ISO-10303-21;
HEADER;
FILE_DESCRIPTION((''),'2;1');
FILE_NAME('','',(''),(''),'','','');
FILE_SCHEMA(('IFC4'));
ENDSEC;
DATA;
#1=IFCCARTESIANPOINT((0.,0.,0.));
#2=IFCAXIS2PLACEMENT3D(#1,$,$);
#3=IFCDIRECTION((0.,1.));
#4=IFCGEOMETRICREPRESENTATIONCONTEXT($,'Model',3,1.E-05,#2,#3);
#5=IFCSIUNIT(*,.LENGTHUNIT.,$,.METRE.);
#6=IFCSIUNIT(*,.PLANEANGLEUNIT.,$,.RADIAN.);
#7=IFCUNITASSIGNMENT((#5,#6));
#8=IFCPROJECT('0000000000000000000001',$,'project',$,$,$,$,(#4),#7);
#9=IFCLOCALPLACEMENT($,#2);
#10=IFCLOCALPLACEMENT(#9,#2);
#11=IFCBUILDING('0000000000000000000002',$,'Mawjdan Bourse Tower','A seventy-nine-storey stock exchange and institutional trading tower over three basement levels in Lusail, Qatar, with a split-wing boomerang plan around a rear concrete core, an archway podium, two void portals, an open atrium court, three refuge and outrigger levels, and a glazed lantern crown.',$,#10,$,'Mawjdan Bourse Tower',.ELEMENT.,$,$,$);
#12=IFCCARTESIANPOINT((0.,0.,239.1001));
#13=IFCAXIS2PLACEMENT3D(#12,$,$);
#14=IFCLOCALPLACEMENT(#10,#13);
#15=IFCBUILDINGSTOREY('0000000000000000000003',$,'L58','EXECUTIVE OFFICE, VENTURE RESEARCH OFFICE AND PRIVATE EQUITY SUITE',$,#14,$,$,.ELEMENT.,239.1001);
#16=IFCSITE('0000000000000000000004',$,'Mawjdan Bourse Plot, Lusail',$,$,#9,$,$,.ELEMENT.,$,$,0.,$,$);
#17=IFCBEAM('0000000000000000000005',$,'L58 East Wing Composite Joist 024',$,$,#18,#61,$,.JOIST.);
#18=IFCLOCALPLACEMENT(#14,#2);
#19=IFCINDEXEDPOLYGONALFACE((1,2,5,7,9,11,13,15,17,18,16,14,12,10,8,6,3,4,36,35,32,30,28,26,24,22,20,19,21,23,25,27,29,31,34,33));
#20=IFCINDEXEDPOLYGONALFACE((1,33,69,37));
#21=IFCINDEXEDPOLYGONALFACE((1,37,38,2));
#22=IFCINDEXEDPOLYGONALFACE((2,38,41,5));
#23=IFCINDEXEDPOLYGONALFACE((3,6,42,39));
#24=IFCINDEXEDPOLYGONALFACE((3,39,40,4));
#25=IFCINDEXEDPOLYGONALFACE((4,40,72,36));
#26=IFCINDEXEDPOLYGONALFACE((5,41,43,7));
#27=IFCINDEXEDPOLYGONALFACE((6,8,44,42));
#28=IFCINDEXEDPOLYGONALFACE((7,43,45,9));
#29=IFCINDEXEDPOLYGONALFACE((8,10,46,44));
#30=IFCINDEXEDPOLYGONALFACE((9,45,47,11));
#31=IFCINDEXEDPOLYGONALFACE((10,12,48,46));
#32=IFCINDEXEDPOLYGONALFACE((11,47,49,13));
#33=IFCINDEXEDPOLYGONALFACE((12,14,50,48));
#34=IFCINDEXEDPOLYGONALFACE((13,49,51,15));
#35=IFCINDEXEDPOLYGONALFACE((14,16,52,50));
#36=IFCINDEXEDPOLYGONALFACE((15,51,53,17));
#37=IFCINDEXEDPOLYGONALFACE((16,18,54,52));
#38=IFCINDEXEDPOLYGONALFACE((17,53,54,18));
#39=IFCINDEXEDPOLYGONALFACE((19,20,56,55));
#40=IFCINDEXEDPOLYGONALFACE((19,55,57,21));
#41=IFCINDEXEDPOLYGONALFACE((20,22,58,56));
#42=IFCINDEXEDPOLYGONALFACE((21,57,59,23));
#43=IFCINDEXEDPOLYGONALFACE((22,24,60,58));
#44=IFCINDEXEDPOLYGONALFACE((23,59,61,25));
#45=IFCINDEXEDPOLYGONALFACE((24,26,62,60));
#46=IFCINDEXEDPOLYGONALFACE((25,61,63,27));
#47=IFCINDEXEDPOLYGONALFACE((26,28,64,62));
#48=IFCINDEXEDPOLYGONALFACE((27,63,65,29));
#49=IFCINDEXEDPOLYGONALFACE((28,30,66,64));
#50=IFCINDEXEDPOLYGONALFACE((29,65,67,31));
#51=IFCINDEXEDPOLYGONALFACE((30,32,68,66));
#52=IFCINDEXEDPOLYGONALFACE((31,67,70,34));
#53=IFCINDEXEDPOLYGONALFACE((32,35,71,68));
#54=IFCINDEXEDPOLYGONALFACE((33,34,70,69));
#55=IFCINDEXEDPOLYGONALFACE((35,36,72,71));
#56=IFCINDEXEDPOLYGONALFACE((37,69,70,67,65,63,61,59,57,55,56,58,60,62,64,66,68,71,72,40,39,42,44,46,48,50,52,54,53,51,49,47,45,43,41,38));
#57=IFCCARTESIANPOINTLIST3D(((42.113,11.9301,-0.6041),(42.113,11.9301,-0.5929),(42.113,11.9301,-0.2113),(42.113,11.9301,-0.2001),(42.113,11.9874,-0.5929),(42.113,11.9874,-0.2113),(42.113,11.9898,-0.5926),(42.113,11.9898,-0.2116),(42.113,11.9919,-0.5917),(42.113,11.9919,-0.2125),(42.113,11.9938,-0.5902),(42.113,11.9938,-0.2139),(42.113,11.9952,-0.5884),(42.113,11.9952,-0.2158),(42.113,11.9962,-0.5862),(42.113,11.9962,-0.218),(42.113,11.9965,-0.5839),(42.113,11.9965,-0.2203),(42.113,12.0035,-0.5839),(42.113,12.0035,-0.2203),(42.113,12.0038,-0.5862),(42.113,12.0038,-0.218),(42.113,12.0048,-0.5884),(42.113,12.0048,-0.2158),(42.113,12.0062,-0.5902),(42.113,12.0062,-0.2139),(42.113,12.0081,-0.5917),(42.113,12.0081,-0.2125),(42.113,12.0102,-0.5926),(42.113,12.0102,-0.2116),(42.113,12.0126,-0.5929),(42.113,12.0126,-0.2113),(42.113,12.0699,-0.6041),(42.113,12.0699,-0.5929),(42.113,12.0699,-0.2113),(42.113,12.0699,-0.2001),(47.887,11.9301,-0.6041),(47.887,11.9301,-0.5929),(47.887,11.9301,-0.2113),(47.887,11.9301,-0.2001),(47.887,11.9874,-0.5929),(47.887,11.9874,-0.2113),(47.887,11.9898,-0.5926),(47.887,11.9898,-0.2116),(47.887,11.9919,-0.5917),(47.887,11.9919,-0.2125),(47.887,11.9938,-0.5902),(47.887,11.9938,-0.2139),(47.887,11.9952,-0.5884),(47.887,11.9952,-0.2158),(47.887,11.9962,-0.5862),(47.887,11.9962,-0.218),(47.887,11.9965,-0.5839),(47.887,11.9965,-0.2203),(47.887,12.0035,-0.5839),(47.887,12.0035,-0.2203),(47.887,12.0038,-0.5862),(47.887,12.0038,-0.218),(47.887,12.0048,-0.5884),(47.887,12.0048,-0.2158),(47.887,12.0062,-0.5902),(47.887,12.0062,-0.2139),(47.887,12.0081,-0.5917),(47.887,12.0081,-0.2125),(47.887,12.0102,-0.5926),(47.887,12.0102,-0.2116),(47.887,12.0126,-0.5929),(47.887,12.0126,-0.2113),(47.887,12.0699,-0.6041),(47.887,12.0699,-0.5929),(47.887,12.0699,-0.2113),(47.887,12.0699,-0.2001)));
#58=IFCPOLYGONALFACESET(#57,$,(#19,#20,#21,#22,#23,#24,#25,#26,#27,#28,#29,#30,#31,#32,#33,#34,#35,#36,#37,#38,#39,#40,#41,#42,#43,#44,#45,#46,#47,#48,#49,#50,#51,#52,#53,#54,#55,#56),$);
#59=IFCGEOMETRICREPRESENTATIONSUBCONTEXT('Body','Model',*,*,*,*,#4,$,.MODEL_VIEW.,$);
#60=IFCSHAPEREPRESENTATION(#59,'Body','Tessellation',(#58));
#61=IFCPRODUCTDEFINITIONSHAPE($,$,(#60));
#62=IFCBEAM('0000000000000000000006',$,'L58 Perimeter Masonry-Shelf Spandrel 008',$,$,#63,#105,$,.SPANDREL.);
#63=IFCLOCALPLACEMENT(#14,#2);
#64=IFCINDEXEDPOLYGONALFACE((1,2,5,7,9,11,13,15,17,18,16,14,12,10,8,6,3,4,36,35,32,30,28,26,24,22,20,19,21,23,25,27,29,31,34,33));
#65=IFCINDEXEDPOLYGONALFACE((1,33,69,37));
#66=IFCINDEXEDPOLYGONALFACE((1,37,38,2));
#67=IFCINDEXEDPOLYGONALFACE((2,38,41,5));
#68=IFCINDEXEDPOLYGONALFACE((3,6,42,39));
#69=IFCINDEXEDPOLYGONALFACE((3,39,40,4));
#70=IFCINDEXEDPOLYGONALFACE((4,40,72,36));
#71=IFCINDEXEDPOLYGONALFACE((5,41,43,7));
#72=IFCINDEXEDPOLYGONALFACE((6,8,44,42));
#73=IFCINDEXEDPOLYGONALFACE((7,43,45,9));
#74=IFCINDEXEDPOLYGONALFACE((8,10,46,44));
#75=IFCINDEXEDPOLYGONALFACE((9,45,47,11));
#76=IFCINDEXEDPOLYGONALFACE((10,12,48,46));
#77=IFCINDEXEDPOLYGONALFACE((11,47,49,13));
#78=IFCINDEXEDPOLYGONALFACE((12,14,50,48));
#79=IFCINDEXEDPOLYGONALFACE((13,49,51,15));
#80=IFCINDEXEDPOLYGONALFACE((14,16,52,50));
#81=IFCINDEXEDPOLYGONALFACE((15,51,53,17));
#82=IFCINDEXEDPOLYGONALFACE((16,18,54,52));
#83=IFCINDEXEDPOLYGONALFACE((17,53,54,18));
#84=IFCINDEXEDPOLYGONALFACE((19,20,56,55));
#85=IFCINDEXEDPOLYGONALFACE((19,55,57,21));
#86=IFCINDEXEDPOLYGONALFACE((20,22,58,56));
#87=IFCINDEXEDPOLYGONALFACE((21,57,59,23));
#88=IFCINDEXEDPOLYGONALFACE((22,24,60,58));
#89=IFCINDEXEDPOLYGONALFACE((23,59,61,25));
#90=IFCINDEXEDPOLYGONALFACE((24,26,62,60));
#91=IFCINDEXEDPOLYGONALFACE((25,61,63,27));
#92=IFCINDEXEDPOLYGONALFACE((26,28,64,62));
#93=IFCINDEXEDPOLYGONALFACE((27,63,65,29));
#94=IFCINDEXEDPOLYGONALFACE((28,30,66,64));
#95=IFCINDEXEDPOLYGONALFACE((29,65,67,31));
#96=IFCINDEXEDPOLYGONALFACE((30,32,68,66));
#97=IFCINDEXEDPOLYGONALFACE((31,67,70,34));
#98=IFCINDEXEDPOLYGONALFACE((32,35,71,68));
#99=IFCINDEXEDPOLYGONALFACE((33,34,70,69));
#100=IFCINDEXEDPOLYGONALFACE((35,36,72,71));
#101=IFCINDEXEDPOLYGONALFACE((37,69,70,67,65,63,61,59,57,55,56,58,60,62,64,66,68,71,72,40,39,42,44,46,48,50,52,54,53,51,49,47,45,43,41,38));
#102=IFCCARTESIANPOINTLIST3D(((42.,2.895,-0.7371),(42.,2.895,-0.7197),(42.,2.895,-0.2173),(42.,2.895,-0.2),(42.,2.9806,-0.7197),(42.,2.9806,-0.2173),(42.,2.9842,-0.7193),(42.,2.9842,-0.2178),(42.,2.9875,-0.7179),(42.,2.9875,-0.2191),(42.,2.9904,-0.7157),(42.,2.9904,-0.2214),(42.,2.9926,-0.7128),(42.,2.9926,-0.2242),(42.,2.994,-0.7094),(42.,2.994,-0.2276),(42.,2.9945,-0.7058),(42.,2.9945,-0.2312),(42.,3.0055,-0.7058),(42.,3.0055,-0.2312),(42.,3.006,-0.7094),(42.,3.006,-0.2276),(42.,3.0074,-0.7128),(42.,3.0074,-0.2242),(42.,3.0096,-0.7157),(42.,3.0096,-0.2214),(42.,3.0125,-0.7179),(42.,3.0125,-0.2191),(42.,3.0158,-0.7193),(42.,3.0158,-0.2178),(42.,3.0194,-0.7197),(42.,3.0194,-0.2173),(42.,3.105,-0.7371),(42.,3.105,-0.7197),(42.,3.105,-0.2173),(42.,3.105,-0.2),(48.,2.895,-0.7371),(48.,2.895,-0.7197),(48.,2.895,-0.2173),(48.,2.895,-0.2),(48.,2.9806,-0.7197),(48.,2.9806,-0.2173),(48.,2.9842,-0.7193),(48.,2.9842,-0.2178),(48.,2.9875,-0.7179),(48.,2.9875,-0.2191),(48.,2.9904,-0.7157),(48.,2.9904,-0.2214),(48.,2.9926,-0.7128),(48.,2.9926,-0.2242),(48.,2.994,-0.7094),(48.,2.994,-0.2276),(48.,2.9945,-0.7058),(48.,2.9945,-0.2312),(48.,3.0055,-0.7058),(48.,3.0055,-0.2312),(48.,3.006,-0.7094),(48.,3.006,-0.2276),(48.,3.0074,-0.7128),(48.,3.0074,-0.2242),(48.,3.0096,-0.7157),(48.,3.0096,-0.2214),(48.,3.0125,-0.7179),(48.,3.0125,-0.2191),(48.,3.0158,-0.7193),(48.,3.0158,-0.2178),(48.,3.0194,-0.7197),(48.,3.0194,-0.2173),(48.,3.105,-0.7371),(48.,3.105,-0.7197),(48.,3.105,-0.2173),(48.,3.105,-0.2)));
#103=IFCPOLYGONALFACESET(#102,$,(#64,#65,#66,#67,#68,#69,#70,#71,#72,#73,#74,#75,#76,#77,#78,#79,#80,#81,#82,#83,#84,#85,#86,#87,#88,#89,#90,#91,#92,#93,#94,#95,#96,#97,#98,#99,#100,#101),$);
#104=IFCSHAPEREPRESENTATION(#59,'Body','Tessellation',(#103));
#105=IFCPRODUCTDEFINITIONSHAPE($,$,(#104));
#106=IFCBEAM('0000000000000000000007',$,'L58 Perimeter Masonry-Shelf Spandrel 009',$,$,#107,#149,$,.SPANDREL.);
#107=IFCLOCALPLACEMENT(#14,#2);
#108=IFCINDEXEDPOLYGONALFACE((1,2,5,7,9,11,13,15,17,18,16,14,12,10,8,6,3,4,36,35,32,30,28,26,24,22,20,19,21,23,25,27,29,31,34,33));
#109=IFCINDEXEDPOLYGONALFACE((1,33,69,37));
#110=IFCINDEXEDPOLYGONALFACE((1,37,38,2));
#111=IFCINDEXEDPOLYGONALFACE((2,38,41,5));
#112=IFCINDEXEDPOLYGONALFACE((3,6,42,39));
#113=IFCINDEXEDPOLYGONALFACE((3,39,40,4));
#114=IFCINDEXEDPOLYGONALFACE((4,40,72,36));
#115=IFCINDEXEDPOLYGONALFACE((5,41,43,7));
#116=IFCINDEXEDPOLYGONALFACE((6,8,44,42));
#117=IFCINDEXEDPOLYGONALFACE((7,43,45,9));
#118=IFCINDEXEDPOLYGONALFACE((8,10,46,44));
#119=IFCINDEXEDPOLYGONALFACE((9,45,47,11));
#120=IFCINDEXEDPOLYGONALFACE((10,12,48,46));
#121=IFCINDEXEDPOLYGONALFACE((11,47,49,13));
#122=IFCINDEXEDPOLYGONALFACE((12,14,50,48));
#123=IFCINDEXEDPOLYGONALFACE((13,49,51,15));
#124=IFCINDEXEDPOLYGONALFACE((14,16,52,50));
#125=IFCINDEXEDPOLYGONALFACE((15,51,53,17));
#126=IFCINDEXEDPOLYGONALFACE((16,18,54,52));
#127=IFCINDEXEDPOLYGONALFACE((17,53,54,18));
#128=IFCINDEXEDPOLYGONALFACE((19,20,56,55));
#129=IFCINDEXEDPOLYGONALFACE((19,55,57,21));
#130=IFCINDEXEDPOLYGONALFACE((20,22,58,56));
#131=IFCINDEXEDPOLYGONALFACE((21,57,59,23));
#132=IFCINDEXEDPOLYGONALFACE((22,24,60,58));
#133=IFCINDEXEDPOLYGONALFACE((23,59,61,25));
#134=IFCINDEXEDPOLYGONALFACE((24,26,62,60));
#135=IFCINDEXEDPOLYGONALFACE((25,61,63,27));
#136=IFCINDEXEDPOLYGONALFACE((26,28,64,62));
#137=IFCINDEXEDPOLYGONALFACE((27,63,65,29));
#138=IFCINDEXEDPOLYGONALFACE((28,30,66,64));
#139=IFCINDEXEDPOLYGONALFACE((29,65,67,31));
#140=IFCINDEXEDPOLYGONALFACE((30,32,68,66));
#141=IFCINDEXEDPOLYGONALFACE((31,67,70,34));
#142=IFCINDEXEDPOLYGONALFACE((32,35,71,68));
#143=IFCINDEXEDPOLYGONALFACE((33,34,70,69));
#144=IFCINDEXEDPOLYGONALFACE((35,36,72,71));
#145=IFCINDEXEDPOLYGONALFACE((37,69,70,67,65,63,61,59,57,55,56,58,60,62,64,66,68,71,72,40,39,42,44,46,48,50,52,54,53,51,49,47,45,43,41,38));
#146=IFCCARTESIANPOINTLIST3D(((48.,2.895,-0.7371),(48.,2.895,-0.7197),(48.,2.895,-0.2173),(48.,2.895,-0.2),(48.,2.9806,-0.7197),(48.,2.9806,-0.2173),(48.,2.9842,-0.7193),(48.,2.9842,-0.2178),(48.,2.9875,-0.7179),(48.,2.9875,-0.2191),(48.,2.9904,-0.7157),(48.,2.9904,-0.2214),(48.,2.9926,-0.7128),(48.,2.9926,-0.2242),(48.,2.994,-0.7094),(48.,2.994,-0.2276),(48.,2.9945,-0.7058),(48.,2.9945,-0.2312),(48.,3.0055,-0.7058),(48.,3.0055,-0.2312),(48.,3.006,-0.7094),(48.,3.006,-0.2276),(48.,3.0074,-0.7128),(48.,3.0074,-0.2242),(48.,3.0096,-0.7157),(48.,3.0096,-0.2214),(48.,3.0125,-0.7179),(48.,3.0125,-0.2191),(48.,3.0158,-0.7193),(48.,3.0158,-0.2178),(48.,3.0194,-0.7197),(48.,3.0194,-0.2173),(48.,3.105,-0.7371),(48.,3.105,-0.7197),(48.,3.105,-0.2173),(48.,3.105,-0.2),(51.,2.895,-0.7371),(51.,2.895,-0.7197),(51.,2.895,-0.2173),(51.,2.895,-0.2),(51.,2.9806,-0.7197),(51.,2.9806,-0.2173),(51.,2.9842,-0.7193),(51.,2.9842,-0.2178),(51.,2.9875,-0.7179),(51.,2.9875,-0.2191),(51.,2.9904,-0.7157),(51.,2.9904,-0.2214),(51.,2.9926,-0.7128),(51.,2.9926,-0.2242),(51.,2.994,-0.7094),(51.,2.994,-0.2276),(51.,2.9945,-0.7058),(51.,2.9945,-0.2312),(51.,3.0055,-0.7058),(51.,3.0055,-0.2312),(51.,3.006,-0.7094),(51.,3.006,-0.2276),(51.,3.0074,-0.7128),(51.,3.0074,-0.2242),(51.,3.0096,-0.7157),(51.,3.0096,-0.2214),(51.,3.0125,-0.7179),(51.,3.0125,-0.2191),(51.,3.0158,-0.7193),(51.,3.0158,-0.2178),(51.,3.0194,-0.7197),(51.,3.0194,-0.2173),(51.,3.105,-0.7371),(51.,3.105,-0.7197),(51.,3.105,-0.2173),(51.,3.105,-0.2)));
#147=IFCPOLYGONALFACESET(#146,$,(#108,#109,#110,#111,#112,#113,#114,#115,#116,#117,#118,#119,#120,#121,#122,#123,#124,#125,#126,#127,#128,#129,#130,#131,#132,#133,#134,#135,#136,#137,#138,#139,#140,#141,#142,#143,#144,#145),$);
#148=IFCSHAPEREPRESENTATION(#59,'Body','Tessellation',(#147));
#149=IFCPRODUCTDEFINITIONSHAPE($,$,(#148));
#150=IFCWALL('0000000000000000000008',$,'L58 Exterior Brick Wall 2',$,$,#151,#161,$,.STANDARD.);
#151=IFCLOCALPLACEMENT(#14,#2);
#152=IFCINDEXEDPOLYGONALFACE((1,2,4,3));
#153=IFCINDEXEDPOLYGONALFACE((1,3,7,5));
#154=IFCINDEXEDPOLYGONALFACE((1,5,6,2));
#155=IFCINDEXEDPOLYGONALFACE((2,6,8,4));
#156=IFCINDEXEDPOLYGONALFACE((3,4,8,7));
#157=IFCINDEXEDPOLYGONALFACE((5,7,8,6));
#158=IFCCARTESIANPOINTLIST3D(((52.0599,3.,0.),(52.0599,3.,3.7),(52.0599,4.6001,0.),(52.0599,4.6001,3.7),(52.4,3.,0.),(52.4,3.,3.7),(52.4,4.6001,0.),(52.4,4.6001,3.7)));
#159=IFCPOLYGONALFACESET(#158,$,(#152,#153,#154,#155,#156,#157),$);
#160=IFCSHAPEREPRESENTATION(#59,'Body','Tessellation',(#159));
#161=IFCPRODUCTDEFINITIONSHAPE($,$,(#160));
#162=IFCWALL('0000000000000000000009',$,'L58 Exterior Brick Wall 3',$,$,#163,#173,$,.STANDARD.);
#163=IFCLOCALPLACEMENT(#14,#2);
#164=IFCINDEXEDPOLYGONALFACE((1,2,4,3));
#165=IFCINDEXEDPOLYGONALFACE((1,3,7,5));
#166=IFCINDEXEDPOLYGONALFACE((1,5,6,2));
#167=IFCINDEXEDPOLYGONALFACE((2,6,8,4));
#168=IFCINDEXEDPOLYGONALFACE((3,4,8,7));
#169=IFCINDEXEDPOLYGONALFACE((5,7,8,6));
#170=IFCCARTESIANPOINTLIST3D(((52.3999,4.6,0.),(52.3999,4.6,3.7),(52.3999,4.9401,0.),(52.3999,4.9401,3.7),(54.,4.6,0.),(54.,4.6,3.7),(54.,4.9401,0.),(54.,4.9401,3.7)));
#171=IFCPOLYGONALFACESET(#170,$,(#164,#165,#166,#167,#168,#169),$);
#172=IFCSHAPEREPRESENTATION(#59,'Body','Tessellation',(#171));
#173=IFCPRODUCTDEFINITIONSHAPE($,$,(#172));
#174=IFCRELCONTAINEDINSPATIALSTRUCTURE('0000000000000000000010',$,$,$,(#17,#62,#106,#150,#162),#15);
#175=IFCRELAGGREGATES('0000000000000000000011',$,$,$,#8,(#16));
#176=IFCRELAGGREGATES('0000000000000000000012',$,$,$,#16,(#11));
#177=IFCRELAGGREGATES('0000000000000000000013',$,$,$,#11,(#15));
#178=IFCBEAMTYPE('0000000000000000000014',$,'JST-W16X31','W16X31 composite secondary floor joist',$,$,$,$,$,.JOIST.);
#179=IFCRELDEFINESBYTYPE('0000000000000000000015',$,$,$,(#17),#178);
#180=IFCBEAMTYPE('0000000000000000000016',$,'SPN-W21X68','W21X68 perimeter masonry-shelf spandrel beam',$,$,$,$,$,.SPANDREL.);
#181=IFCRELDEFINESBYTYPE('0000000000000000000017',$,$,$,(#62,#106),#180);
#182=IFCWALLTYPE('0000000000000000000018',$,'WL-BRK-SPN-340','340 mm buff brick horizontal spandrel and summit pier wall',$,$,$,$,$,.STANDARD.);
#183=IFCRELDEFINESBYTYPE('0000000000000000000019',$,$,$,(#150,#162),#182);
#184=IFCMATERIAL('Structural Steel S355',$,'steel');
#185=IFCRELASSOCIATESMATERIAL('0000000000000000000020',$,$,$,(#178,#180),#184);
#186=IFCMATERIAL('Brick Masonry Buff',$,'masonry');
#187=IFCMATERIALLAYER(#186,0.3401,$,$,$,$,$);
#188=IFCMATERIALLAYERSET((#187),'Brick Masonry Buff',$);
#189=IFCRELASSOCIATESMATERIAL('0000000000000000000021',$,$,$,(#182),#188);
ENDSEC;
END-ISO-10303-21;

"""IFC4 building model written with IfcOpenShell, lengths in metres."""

from ifc_helpers import new_model, si_unit, direction, frame, frame_2d, origin, origin_2d, place, context, subcontext, project, spatial, rectangle, i_section, extrude, material, layer, layer_set, material_profile, profile_set, type_object, element, save


model = new_model("IFC4")

# Units and contexts
model_context = context("Model", 3, precision=1e-05, world=origin(), true_north=direction((0.0, 1.0)))
body_context = subcontext(model_context, "Body", "Model", "MODEL_VIEW")
ifc_project = project(units=[si_unit("LENGTHUNIT", "METRE"), si_unit("PLANEANGLEUNIT", "RADIAN")], contexts=[model_context])

# Site, building, storey
site_placement = place(None, origin())
site = spatial("IfcSite", under=ifc_project, at=site_placement, Name="Mawjdan Bourse Plot, Lusail", CompositionType="ELEMENT", RefElevation=0.0)
building_placement = place(site_placement, origin())
building = spatial("IfcBuilding", under=site, at=building_placement, Name="Mawjdan Bourse Tower", Description="A seventy-nine-storey stock exchange and institutional trading tower over three basement levels in Lusail, Qatar, with a split-wing boomerang plan around a rear concrete core, an archway podium, two void portals, an open atrium court, three refuge and outrigger levels, and a glazed lantern crown.", LongName="Mawjdan Bourse Tower", CompositionType="ELEMENT")
storey_placement = place(building_placement, frame((0.0, 0.0, 239.1001)))
storey = spatial("IfcBuildingStorey", under=building, at=storey_placement, Name="L58", Description="EXECUTIVE OFFICE, VENTURE RESEARCH OFFICE AND PRIVATE EQUITY SUITE", CompositionType="ELEMENT", Elevation=239.1001)

# Beams
ifc_material_1 = material(Name="Structural Steel S355", Category="steel")
ifc_material_profile_1 = material_profile(ifc_material_1, i_section(OverallWidth=0.1399, OverallDepth=0.4041, WebThickness=0.0071, FlangeThickness=0.0112, FilletRadius=0.009, at=origin_2d()), Name="W16X31")
ifc_profile_set_1 = profile_set([ifc_material_profile_1], Name="Structural Steel S355")
beam_type_1 = type_object("IfcBeamType", Name="JST-W16X31", Description="W16X31 composite secondary floor joist", PredefinedType="JOIST", material=ifc_profile_set_1)
beam_1_placement = place(storey_placement, frame((42.113, 12.0, -0.4021), z_axis=(1.0, 0.0, 0.0), x_axis=(0.0, 1.0, 0.0)))
element("IfcBeam", 1, at=beam_1_placement, inside=storey, type_object=beam_type_1, Name="L58 East Wing Composite Joist 024", PredefinedType="JOIST", context=body_context, shape_type="SweptSolid", body=[
    extrude(i_section(OverallWidth=0.1399, OverallDepth=0.4041, WebThickness=0.0071, FlangeThickness=0.0112, FilletRadius=0.009, at=origin_2d()), origin(), (0.0, 0.0, 1.0), 5.7739),
])
ifc_material_profile_2 = material_profile(ifc_material_1, i_section(OverallWidth=0.21, OverallDepth=0.5371, WebThickness=0.011, FlangeThickness=0.0173, FilletRadius=0.0139, at=origin_2d()), Name="W21X68")
ifc_profile_set_2 = profile_set([ifc_material_profile_2], Name="Structural Steel S355")
beam_type_2 = type_object("IfcBeamType", Name="SPN-W21X68", Description="W21X68 perimeter masonry-shelf spandrel beam", PredefinedType="SPANDREL", material=ifc_profile_set_2)
beam_2_placement = place(storey_placement, frame((42.0, 3.0, -0.4685), z_axis=(1.0, 0.0, 0.0), x_axis=(0.0, 1.0, 0.0)))
element("IfcBeam", 2, at=beam_2_placement, inside=storey, type_object=beam_type_2, Name="L58 Perimeter Masonry-Shelf Spandrel 008", PredefinedType="SPANDREL", context=body_context, shape_type="SweptSolid", body=[
    extrude(i_section(OverallWidth=0.21, OverallDepth=0.5371, WebThickness=0.011, FlangeThickness=0.0173, FilletRadius=0.0139, at=origin_2d()), origin(), (0.0, 0.0, 1.0), 6.0),
])
beam_3_placement = place(storey_placement, frame((48.0, 3.0, -0.4685), z_axis=(1.0, 0.0, 0.0), x_axis=(0.0, 1.0, 0.0)))
element("IfcBeam", 3, at=beam_3_placement, inside=storey, type_object=beam_type_2, Name="L58 Perimeter Masonry-Shelf Spandrel 009", PredefinedType="SPANDREL", context=body_context, shape_type="SweptSolid", body=[
    extrude(i_section(OverallWidth=0.21, OverallDepth=0.5371, WebThickness=0.011, FlangeThickness=0.0173, FilletRadius=0.0139, at=origin_2d()), origin(), (0.0, 0.0, 1.0), 3.0),
])

# Walls
ifc_material_2 = material(Name="Brick Masonry Buff", Category="masonry")
ifc_layer_1 = layer(ifc_material_2, 0.3401)
ifc_layer_set_1 = layer_set([ifc_layer_1], Name="Brick Masonry Buff")
wall_type_1 = type_object("IfcWallType", Name="WL-BRK-SPN-340", Description="340 mm buff brick horizontal spandrel and summit pier wall", PredefinedType="STANDARD", material=ifc_layer_set_1)
for number, where, z_axis, x_axis, name in (
    (4, (52.23, 3.0, 0.0), (0.0, 0.0, 1.0), (0.0, 1.0, 0.0), "L58 Exterior Brick Wall 2"),
    (5, (52.3999, 4.77, 0.0), (0.0, 0.0, 1.0), (1.0, 0.0, 0.0), "L58 Exterior Brick Wall 3"),
):
    element("IfcWall", number, at=place(storey_placement, frame(where, z_axis=z_axis, x_axis=x_axis)), inside=storey, type_object=wall_type_1, Name=name, PredefinedType="STANDARD", context=body_context, shape_type="SweptSolid", body=[
        extrude(rectangle(XDim=1.6001, YDim=0.3401, at=frame_2d((0.8, 0.0))), origin(), (0.0, 0.0, 1.0), 3.7),
    ])

save(model, "model.ifc")
